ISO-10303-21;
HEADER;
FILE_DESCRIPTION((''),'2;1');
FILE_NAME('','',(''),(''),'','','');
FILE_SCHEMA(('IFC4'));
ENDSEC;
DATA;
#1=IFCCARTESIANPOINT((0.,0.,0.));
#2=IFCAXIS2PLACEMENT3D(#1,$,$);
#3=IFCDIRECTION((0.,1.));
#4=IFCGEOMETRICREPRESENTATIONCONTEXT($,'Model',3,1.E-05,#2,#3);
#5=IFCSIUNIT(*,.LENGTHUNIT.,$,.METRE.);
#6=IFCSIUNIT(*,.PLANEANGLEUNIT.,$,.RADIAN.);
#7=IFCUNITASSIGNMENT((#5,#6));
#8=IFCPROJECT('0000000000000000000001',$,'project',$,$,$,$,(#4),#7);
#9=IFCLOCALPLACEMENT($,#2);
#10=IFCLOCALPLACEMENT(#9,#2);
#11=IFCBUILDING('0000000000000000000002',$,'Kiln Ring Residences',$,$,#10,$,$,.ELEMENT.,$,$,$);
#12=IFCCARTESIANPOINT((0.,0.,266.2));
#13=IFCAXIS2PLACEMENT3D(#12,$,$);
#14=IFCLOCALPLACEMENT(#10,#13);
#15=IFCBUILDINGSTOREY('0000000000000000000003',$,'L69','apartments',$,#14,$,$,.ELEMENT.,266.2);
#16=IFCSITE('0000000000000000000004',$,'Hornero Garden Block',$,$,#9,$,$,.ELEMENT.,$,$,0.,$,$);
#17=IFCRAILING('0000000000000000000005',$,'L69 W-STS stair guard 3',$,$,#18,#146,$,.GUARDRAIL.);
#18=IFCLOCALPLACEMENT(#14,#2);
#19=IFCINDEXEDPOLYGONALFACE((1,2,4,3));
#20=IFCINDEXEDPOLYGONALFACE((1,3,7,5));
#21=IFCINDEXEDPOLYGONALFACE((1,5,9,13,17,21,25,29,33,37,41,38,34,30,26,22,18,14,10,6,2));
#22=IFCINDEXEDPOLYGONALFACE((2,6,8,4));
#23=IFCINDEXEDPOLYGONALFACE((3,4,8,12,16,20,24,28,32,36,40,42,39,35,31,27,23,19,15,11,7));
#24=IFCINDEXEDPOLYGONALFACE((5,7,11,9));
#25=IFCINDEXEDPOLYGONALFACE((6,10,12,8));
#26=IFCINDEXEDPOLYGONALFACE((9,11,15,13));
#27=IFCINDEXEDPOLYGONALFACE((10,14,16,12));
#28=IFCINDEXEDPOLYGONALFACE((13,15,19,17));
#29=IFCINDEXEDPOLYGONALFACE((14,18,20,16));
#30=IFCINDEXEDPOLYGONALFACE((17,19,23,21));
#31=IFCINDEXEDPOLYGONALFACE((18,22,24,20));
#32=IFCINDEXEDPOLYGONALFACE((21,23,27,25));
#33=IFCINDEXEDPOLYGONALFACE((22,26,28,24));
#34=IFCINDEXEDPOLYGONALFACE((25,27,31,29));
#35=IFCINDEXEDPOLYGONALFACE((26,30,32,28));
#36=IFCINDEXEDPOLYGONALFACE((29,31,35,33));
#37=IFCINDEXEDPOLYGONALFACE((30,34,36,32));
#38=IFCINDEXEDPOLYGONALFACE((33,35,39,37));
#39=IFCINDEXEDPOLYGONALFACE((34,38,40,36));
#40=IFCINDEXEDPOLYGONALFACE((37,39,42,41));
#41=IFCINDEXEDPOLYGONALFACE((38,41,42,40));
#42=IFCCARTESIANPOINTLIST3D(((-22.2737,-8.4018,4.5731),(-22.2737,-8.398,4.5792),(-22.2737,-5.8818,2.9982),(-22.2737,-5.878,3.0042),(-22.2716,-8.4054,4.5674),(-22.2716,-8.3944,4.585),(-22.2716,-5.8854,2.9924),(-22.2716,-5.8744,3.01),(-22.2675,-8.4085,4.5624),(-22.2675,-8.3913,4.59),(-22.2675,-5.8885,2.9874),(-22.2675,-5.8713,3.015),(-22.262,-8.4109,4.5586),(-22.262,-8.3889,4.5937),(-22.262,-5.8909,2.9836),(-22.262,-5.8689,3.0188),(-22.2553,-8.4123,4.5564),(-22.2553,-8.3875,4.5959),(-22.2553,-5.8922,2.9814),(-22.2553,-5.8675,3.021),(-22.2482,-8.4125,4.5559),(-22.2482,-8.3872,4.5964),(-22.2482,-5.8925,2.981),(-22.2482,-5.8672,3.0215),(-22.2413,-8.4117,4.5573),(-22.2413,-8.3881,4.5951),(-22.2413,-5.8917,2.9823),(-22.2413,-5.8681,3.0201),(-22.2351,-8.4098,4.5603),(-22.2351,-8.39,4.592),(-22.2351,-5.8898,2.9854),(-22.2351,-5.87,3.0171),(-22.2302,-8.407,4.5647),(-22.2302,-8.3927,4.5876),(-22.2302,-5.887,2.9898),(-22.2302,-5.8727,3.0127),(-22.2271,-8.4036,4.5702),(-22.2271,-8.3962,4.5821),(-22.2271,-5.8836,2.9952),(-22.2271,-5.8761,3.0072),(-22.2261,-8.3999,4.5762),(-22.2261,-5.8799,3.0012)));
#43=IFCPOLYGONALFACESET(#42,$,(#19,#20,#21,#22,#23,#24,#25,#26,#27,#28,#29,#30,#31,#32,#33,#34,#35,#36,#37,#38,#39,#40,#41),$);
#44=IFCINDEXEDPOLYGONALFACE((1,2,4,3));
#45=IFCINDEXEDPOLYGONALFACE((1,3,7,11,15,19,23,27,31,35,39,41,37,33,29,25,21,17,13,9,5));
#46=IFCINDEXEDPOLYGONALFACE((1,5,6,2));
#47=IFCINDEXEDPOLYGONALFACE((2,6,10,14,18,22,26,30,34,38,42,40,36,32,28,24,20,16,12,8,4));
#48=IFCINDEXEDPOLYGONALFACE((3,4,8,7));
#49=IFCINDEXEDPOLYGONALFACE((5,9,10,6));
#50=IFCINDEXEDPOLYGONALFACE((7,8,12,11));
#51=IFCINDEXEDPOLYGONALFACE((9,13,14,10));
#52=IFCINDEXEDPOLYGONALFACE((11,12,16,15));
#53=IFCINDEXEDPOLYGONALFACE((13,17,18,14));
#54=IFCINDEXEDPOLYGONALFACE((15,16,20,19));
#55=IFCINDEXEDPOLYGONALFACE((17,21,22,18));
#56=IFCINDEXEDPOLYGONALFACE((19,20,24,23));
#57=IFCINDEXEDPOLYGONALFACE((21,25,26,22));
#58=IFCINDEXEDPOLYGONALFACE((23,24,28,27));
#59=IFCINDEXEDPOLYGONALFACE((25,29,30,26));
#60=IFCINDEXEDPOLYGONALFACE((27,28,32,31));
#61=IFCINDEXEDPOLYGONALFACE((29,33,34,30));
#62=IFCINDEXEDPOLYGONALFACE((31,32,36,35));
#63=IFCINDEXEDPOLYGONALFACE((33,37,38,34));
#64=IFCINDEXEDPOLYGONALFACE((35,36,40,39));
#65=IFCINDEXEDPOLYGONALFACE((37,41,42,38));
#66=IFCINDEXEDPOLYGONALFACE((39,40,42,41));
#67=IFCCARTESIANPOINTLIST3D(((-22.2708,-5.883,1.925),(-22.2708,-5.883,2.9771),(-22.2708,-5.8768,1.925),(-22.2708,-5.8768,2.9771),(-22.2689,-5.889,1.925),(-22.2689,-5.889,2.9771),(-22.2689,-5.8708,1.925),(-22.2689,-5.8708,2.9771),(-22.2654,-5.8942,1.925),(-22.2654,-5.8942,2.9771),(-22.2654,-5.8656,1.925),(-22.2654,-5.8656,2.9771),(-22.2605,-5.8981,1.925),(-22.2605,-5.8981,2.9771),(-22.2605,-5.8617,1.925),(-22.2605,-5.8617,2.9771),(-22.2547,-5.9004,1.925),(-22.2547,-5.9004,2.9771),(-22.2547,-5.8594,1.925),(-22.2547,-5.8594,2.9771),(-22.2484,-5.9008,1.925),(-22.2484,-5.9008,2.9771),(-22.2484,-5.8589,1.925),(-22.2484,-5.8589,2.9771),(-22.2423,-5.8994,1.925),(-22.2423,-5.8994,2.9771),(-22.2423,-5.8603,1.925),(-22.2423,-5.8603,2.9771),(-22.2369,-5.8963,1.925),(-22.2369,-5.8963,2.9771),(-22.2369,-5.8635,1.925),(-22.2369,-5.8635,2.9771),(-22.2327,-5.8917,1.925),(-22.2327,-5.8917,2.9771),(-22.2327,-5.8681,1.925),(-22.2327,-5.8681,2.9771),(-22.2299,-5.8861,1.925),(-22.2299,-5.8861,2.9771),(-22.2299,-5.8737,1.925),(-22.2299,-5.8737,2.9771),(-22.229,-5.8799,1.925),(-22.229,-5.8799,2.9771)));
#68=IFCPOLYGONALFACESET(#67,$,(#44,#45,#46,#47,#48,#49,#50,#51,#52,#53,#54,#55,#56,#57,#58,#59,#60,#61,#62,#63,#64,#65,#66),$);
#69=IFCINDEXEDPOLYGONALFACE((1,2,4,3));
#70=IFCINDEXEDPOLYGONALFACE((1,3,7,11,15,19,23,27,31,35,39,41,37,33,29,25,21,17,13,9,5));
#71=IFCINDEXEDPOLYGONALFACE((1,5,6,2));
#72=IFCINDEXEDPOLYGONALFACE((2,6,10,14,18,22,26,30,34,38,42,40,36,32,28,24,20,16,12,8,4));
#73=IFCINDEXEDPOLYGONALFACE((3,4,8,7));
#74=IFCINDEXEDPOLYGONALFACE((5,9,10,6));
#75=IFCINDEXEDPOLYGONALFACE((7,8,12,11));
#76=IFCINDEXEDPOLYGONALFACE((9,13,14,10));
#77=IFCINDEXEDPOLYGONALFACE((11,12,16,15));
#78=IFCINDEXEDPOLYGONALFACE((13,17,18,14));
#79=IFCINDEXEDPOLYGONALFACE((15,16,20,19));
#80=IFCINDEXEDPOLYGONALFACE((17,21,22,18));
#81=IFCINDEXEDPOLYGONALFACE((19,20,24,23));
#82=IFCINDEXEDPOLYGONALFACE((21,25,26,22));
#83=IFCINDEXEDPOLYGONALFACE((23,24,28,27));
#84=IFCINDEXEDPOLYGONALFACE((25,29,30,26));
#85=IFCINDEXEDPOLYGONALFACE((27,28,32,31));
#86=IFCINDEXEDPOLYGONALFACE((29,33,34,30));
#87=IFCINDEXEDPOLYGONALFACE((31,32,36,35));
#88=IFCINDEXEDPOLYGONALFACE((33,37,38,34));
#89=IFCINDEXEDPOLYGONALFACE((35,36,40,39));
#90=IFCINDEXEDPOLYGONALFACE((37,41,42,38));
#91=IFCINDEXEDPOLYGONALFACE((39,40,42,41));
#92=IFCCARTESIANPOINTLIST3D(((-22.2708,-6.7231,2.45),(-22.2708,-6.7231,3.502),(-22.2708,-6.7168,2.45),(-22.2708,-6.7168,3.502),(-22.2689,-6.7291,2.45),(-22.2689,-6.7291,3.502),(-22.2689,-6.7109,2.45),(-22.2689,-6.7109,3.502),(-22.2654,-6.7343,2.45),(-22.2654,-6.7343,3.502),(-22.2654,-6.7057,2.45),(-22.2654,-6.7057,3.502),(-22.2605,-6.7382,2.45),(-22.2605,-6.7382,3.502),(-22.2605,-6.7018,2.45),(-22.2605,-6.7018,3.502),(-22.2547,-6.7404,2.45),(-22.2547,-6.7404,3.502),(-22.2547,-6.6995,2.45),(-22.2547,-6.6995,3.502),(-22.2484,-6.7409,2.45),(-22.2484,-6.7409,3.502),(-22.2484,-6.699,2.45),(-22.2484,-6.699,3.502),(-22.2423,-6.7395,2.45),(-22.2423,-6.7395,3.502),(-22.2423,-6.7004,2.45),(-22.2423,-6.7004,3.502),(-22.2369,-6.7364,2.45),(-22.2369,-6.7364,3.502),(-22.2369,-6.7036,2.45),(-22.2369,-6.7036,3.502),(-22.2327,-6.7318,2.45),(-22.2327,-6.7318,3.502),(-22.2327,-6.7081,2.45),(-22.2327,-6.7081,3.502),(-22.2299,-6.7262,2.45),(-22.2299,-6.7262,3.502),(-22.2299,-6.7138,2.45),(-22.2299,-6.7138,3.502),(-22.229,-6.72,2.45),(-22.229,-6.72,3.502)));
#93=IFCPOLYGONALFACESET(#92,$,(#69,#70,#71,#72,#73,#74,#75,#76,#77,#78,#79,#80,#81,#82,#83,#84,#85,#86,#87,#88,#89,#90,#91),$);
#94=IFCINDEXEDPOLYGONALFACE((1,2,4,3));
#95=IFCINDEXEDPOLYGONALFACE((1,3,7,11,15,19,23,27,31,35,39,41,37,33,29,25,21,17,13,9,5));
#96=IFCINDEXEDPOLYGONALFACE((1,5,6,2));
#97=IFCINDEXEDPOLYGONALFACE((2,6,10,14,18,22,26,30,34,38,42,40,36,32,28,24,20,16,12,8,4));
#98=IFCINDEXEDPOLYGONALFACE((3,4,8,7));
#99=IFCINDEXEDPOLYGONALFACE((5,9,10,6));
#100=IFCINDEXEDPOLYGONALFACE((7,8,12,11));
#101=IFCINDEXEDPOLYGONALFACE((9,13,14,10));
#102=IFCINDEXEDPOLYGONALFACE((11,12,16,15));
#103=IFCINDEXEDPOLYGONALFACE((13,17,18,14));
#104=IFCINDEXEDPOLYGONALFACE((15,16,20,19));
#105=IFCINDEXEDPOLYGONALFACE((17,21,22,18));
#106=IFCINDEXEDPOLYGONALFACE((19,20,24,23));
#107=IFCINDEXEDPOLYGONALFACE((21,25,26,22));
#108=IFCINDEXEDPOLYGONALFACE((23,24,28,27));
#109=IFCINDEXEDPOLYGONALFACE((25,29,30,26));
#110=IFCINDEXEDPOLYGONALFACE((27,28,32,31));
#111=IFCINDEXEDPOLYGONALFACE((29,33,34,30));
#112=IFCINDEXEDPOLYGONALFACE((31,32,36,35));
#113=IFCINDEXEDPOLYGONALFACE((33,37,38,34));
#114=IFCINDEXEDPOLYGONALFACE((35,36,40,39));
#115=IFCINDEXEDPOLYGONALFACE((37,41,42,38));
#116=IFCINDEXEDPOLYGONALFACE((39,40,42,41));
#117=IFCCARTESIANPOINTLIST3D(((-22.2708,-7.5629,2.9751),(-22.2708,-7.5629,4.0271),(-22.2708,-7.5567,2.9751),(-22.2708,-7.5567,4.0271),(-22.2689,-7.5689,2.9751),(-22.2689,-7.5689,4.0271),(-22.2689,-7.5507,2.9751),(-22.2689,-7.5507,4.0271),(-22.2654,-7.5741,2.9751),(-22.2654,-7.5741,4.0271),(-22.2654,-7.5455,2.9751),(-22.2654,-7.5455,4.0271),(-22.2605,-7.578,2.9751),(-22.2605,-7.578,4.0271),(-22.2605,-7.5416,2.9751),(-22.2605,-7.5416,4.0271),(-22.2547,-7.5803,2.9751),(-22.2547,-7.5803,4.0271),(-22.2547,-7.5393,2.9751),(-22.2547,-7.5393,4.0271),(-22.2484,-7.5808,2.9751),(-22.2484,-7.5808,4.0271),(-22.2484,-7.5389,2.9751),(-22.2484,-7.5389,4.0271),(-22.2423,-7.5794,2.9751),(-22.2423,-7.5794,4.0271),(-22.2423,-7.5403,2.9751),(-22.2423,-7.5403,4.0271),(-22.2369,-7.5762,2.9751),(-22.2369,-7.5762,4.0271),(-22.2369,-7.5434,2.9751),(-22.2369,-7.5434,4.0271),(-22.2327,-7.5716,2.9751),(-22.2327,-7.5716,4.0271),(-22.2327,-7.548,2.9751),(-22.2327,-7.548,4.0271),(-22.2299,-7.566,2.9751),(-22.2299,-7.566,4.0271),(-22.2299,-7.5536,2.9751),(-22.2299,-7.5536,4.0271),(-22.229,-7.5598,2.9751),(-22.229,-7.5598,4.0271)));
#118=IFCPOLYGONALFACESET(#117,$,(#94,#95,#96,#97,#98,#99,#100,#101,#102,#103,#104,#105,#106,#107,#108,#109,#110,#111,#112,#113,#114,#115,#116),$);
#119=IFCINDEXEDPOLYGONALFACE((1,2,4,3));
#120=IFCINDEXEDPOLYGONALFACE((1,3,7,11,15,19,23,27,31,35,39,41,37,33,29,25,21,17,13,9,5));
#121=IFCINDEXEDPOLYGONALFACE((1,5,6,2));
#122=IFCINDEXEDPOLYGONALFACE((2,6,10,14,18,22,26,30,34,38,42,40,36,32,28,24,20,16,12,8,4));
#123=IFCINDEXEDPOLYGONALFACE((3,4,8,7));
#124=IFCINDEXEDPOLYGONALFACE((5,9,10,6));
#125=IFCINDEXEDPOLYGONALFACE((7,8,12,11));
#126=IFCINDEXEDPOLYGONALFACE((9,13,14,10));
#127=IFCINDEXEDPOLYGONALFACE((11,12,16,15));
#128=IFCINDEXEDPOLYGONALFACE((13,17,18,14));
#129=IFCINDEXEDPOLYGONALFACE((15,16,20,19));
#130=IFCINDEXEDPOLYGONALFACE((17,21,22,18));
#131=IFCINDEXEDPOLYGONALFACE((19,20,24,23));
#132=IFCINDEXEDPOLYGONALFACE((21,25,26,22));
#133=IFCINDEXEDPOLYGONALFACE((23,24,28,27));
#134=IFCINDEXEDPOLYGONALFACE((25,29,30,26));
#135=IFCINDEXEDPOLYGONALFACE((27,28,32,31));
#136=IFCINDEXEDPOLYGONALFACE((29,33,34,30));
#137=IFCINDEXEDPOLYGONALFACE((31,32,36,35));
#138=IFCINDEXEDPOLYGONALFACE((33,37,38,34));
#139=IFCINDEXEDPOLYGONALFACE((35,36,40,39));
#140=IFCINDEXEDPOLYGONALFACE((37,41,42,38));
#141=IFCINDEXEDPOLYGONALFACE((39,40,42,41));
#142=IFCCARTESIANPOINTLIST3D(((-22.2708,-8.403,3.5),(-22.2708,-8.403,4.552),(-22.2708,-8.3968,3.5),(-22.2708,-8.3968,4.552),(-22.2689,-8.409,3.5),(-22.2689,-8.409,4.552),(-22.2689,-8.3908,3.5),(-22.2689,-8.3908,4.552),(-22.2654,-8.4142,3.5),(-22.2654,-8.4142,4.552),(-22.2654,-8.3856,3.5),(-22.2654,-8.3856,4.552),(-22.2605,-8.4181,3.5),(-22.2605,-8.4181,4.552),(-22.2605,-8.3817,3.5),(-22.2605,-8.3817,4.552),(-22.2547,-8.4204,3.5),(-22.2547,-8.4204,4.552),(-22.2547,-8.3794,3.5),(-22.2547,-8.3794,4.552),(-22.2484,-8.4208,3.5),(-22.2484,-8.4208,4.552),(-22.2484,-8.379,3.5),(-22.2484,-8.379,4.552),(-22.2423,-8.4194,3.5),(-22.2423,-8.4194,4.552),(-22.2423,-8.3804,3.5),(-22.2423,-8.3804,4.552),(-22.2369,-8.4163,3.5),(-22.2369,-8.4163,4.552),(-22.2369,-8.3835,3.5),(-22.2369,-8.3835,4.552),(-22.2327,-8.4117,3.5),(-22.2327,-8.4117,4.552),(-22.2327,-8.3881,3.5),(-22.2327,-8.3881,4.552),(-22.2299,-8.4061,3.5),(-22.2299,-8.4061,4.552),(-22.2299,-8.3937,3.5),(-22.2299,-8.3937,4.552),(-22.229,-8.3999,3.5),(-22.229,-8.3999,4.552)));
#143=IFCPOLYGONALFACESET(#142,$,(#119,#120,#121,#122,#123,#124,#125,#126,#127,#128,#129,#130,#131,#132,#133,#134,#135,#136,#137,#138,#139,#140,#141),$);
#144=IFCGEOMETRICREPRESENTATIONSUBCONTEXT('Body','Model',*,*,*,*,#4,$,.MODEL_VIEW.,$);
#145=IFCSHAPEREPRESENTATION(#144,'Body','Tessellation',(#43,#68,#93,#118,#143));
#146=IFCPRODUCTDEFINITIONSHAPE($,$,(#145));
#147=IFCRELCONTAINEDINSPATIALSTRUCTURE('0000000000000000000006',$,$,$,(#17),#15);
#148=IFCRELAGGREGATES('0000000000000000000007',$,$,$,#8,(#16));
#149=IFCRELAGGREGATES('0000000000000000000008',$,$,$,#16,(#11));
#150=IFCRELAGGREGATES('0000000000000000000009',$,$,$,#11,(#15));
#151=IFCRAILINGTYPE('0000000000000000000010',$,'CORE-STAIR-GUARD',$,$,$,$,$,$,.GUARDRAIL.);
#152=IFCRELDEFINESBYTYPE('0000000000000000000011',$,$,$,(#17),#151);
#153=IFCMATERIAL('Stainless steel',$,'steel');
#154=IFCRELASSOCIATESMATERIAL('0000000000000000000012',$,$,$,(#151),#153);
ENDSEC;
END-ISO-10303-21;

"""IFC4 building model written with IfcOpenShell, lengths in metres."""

from ifc_helpers import new_model, si_unit, direction, frame, origin, origin_2d, place, context, subcontext, project, spatial, circle, extrude, material, type_object, element, save


model = new_model("IFC4")

# Units and contexts
model_context = context("Model", 3, precision=1e-05, world=origin(), true_north=direction((0.0, 1.0)))
body_context = subcontext(model_context, "Body", "Model", "MODEL_VIEW")
ifc_project = project(units=[si_unit("LENGTHUNIT", "METRE"), si_unit("PLANEANGLEUNIT", "RADIAN")], contexts=[model_context])

# Site, building, storey
site_placement = place(None, origin())
site = spatial("IfcSite", under=ifc_project, at=site_placement, Name="Hornero Garden Block", CompositionType="ELEMENT", RefElevation=0.0)
building_placement = place(site_placement, origin())
building = spatial("IfcBuilding", under=site, at=building_placement, Name="Kiln Ring Residences", CompositionType="ELEMENT")
storey_placement = place(building_placement, frame((0.0, 0.0, 266.2)))
storey = spatial("IfcBuildingStorey", under=building, at=storey_placement, Name="L69", Description="apartments", CompositionType="ELEMENT", Elevation=266.2)

# Railing
ifc_material_1 = material(Name="Stainless steel", Category="steel")
railing_type_1 = type_object("IfcRailingType", Name="CORE-STAIR-GUARD", PredefinedType="GUARDRAIL", material=ifc_material_1)
railing_1_placement = place(storey_placement, frame((-22.25, -5.8799, 1.925)))
element("IfcRailing", 1, at=railing_1_placement, inside=storey, type_object=railing_type_1, Name="L69 W-STS stair guard 3", PredefinedType="GUARDRAIL", context=body_context, shape_type="SweptSolid", body=[
    extrude(circle(Radius=0.0239, at=origin_2d()), frame((0.0, 0.0, 1.0762), z_axis=(0.0, -0.848008, 0.529984), x_axis=(1.0, 0.0, 0.0)), (0.0, 0.0, 1.0), 2.9717),
    extrude(circle(Radius=0.021, at=origin_2d()), origin(), (0.0, 0.0, 1.0), 1.052),
    extrude(circle(Radius=0.021, at=origin_2d()), frame((0.0, -0.8401, 0.5249)), (0.0, 0.0, 1.0), 1.052),
    extrude(circle(Radius=0.021, at=origin_2d()), frame((0.0, -1.6799, 1.05)), (0.0, 0.0, 1.0), 1.052),
    extrude(circle(Radius=0.021, at=origin_2d()), frame((0.0, -2.52, 1.575)), (0.0, 0.0, 1.0), 1.052),
])

save(model, "model.ifc")
